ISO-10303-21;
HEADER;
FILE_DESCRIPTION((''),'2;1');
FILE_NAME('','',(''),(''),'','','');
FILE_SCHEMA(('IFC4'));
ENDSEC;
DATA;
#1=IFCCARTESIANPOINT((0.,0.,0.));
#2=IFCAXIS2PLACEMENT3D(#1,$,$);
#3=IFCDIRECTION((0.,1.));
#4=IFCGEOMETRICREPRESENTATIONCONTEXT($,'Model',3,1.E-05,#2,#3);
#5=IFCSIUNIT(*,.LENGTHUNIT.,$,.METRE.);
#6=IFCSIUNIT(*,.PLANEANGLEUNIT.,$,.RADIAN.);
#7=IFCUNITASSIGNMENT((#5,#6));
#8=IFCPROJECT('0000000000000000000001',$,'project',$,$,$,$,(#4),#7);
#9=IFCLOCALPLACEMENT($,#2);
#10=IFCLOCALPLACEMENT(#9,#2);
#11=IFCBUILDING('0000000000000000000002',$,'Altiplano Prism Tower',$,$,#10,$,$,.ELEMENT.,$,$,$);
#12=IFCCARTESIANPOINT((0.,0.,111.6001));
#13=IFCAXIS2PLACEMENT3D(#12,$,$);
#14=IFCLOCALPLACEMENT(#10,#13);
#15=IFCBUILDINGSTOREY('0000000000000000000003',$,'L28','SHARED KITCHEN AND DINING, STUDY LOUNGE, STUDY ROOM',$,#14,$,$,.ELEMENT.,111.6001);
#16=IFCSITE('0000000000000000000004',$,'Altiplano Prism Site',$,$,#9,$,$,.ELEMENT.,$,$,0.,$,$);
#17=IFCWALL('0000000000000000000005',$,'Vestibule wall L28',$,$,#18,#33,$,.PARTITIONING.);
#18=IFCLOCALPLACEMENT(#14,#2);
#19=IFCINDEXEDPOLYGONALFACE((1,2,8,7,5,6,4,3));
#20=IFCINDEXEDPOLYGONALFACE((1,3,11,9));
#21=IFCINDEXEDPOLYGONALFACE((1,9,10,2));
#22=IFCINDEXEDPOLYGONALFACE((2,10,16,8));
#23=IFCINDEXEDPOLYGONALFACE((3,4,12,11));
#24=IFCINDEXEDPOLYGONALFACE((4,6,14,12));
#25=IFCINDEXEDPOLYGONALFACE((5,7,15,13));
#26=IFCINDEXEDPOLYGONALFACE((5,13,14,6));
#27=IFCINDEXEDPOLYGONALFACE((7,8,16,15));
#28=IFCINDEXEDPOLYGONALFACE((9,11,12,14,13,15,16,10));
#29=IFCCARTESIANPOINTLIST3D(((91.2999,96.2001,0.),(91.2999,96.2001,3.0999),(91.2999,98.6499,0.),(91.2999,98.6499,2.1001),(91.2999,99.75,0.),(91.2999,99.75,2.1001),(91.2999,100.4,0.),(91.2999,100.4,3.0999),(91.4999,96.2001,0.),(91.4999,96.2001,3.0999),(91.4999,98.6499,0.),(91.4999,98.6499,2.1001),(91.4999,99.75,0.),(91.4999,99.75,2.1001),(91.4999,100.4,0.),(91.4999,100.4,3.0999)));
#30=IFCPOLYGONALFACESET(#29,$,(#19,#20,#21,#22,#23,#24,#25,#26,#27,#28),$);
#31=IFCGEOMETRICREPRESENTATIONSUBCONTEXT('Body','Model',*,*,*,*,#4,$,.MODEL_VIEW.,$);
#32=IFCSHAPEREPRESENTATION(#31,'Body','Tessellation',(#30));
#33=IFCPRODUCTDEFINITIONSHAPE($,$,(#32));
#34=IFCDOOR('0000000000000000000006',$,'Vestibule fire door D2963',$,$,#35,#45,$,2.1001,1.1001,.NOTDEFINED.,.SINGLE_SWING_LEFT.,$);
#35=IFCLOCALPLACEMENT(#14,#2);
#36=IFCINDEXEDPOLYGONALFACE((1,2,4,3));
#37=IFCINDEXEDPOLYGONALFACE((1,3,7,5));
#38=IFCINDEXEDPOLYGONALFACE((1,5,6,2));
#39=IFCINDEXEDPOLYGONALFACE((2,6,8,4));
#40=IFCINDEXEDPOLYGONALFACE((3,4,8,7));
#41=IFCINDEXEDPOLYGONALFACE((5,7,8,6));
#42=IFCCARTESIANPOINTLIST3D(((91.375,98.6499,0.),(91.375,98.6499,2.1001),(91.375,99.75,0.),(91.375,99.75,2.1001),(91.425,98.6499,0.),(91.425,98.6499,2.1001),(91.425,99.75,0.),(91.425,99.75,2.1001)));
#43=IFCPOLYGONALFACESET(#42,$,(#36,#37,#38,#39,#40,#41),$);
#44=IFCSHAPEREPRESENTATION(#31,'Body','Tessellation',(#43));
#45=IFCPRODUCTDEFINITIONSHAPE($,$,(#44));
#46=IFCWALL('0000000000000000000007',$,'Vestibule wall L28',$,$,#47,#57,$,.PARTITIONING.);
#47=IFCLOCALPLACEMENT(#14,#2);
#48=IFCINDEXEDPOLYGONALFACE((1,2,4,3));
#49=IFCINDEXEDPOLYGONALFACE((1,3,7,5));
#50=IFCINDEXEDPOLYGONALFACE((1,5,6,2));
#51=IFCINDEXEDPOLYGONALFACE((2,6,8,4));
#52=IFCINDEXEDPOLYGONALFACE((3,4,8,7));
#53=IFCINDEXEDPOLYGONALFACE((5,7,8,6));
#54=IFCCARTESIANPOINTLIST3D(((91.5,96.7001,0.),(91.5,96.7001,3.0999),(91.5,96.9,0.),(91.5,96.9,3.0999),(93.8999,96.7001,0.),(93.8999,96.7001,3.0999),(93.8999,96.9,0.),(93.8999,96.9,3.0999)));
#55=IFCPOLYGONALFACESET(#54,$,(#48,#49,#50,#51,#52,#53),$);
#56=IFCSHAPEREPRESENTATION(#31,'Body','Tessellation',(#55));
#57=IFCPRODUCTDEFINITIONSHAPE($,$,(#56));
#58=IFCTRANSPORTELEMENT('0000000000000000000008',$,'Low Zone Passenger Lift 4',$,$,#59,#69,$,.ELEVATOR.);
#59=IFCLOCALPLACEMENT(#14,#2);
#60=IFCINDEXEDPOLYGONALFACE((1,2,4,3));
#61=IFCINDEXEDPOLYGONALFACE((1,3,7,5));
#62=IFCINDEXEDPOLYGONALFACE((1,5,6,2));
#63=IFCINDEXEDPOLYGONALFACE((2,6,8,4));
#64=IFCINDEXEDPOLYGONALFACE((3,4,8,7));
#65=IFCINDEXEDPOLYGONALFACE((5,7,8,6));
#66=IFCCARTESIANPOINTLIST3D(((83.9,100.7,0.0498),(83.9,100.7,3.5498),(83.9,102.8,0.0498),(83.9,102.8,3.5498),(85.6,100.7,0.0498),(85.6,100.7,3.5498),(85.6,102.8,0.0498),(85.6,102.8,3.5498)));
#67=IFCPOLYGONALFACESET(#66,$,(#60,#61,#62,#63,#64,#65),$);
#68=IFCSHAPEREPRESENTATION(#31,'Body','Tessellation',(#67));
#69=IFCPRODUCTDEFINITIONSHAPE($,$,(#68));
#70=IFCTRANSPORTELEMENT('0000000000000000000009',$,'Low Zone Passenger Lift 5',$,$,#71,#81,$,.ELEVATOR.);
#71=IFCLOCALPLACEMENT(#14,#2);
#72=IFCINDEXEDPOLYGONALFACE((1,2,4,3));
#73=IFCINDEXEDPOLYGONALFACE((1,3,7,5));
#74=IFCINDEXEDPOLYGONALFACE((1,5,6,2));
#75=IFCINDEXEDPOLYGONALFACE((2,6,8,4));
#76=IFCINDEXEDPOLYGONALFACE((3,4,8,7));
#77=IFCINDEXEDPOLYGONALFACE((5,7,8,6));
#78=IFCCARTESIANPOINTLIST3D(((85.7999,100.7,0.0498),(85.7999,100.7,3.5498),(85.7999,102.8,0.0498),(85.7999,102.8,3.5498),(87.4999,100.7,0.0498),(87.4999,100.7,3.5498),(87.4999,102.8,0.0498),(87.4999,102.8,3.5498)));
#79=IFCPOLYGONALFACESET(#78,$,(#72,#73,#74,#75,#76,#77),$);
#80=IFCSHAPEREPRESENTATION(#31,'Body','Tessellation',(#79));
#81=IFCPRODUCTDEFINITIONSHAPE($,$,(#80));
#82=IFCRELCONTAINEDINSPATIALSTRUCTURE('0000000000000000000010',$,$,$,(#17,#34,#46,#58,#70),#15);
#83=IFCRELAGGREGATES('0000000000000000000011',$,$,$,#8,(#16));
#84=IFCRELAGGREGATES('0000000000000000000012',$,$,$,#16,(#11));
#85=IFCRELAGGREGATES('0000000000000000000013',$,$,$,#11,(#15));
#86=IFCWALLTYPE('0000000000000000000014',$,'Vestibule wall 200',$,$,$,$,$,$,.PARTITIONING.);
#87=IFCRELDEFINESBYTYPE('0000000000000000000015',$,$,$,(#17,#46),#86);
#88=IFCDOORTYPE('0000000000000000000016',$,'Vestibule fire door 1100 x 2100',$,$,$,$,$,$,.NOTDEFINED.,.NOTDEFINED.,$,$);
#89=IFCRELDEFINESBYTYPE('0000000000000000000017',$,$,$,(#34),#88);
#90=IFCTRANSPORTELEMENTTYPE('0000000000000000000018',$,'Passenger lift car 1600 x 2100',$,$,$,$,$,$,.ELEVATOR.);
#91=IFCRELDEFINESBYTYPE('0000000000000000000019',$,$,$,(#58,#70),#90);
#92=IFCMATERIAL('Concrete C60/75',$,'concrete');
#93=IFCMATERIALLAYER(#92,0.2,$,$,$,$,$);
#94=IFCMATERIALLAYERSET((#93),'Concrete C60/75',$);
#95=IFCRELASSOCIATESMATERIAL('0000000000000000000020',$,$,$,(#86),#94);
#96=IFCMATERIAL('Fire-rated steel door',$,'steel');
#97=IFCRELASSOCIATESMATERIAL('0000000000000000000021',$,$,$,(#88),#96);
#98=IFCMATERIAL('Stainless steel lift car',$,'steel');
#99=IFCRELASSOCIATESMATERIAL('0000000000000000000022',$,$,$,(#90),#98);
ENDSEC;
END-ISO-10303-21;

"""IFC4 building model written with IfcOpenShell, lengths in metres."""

from ifc_helpers import new_model, si_unit, direction, frame, frame_2d, origin, origin_2d, place, context, subcontext, project, spatial, rectangle, extrude, material, layer, layer_set, type_object, element, fill, save


model = new_model("IFC4")

# Units and contexts
model_context = context("Model", 3, precision=1e-05, world=origin(), true_north=direction((0.0, 1.0)))
body_context = subcontext(model_context, "Body", "Model", "MODEL_VIEW")
ifc_project = project(units=[si_unit("LENGTHUNIT", "METRE"), si_unit("PLANEANGLEUNIT", "RADIAN")], contexts=[model_context])

# Site, building, storey
site_placement = place(None, origin())
site = spatial("IfcSite", under=ifc_project, at=site_placement, Name="Altiplano Prism Site", CompositionType="ELEMENT", RefElevation=0.0)
building_placement = place(site_placement, origin())
building = spatial("IfcBuilding", under=site, at=building_placement, Name="Altiplano Prism Tower", CompositionType="ELEMENT")
storey_placement = place(building_placement, frame((0.0, 0.0, 111.6001)))
storey = spatial("IfcBuildingStorey", under=building, at=storey_placement, Name="L28", Description="SHARED KITCHEN AND DINING, STUDY LOUNGE, STUDY ROOM", CompositionType="ELEMENT", Elevation=111.6001)

# Shared definitions
ifc_material_1 = material(Name="Concrete C60/75", Category="concrete")

# Shared definitions
ifc_layer_1 = layer(ifc_material_1, 0.2)
ifc_layer_set_1 = layer_set([ifc_layer_1], Name="Concrete C60/75")
wall_type_1 = type_object("IfcWallType", Name="Vestibule wall 200", PredefinedType="PARTITIONING", material=ifc_layer_set_1)
ifc_material_2 = material(Name="Fire-rated steel door", Category="steel")
door_type_1 = type_object("IfcDoorType", Name="Vestibule fire door 1100 x 2100", OperationType="NOTDEFINED", PredefinedType="NOTDEFINED", material=ifc_material_2)

# Wall, opening, door
wall_1_placement = place(storey_placement, frame((91.3999, 96.2, 0.0), z_axis=(0.0, 0.0, 1.0), x_axis=(0.0, 1.0, 0.0)))
wall_1 = element("IfcWall", 1, at=wall_1_placement, inside=storey, type_object=wall_type_1, Name="Vestibule wall L28", PredefinedType="PARTITIONING", context=body_context, shape_type="SweptSolid", body=[
    extrude(rectangle(XDim=4.2, YDim=0.2, at=frame_2d((2.1001, 0.0))), origin(), (0.0, 0.0, 1.0), 3.0999),
])
opening_1_placement = place(wall_1_placement, frame((2.45, 0.0, 0.0)))
opening_1 = element("IfcOpeningElement", 2, at=opening_1_placement, cuts=wall_1, PredefinedType="OPENING", context=body_context, shape_type="SweptSolid", body=[
    extrude(rectangle(XDim=1.1001, YDim=2.1001, at=frame_2d((0.55, 1.05))), frame((0.0, 0.1104, 0.0), z_axis=(0.0, -1.0, 0.0), x_axis=(1.0, 0.0, 0.0)), (0.0, 0.0, 1.0), 0.2209),
])
door_1_placement = place(opening_1_placement, origin())
door_1 = element("IfcDoor", 3, at=door_1_placement, inside=storey, type_object=door_type_1, Name="Vestibule fire door D2963", OperationType="SINGLE_SWING_LEFT", OverallHeight=2.1001, OverallWidth=1.1001, PredefinedType="NOTDEFINED", context=body_context, shape_type="SweptSolid", body=[
    extrude(rectangle(XDim=1.1001, YDim=2.1001, at=frame_2d((0.55, 1.05))), frame((0.0, 0.0249, 0.0), z_axis=(0.0, -1.0, 0.0), x_axis=(1.0, 0.0, 0.0)), (0.0, 0.0, 1.0), 0.05),
])
fill(opening_1, door_1)

# Wall
wall_2_placement = place(storey_placement, frame((91.5, 96.8, 0.0), z_axis=(0.0, 0.0, 1.0), x_axis=(1.0, 0.0, 0.0)))
element("IfcWall", 4, at=wall_2_placement, inside=storey, type_object=wall_type_1, Name="Vestibule wall L28", PredefinedType="PARTITIONING", context=body_context, shape_type="SweptSolid", body=[
    extrude(rectangle(XDim=2.3999, YDim=0.2, at=frame_2d((1.2, 0.0))), origin(), (0.0, 0.0, 1.0), 3.0999),
])

# Transport elements
ifc_material_3 = material(Name="Stainless steel lift car", Category="steel")
transport_element_type = type_object("IfcTransportElementType", Name="Passenger lift car 1600 x 2100", PredefinedType="ELEVATOR", material=ifc_material_3)
for number, where, z_axis, x_axis, name in (
    (5, (84.75, 101.75, 0.0498), (0.0, 0.0, 1.0), (1.0, 0.0, 0.0), "Low Zone Passenger Lift 4"),
    (6, (86.6499, 101.75, 0.0498), (0.0, 0.0, 1.0), (1.0, 0.0, 0.0), "Low Zone Passenger Lift 5"),
):
    element("IfcTransportElement", number, at=place(storey_placement, frame(where, z_axis=z_axis, x_axis=x_axis)), inside=storey, type_object=transport_element_type, Name=name, PredefinedType="ELEVATOR", context=body_context, shape_type="SweptSolid", body=[
        extrude(rectangle(XDim=1.7, YDim=2.1001, at=origin_2d()), origin(), (0.0, 0.0, 1.0), 3.5),
    ])

save(model, "model.ifc")
